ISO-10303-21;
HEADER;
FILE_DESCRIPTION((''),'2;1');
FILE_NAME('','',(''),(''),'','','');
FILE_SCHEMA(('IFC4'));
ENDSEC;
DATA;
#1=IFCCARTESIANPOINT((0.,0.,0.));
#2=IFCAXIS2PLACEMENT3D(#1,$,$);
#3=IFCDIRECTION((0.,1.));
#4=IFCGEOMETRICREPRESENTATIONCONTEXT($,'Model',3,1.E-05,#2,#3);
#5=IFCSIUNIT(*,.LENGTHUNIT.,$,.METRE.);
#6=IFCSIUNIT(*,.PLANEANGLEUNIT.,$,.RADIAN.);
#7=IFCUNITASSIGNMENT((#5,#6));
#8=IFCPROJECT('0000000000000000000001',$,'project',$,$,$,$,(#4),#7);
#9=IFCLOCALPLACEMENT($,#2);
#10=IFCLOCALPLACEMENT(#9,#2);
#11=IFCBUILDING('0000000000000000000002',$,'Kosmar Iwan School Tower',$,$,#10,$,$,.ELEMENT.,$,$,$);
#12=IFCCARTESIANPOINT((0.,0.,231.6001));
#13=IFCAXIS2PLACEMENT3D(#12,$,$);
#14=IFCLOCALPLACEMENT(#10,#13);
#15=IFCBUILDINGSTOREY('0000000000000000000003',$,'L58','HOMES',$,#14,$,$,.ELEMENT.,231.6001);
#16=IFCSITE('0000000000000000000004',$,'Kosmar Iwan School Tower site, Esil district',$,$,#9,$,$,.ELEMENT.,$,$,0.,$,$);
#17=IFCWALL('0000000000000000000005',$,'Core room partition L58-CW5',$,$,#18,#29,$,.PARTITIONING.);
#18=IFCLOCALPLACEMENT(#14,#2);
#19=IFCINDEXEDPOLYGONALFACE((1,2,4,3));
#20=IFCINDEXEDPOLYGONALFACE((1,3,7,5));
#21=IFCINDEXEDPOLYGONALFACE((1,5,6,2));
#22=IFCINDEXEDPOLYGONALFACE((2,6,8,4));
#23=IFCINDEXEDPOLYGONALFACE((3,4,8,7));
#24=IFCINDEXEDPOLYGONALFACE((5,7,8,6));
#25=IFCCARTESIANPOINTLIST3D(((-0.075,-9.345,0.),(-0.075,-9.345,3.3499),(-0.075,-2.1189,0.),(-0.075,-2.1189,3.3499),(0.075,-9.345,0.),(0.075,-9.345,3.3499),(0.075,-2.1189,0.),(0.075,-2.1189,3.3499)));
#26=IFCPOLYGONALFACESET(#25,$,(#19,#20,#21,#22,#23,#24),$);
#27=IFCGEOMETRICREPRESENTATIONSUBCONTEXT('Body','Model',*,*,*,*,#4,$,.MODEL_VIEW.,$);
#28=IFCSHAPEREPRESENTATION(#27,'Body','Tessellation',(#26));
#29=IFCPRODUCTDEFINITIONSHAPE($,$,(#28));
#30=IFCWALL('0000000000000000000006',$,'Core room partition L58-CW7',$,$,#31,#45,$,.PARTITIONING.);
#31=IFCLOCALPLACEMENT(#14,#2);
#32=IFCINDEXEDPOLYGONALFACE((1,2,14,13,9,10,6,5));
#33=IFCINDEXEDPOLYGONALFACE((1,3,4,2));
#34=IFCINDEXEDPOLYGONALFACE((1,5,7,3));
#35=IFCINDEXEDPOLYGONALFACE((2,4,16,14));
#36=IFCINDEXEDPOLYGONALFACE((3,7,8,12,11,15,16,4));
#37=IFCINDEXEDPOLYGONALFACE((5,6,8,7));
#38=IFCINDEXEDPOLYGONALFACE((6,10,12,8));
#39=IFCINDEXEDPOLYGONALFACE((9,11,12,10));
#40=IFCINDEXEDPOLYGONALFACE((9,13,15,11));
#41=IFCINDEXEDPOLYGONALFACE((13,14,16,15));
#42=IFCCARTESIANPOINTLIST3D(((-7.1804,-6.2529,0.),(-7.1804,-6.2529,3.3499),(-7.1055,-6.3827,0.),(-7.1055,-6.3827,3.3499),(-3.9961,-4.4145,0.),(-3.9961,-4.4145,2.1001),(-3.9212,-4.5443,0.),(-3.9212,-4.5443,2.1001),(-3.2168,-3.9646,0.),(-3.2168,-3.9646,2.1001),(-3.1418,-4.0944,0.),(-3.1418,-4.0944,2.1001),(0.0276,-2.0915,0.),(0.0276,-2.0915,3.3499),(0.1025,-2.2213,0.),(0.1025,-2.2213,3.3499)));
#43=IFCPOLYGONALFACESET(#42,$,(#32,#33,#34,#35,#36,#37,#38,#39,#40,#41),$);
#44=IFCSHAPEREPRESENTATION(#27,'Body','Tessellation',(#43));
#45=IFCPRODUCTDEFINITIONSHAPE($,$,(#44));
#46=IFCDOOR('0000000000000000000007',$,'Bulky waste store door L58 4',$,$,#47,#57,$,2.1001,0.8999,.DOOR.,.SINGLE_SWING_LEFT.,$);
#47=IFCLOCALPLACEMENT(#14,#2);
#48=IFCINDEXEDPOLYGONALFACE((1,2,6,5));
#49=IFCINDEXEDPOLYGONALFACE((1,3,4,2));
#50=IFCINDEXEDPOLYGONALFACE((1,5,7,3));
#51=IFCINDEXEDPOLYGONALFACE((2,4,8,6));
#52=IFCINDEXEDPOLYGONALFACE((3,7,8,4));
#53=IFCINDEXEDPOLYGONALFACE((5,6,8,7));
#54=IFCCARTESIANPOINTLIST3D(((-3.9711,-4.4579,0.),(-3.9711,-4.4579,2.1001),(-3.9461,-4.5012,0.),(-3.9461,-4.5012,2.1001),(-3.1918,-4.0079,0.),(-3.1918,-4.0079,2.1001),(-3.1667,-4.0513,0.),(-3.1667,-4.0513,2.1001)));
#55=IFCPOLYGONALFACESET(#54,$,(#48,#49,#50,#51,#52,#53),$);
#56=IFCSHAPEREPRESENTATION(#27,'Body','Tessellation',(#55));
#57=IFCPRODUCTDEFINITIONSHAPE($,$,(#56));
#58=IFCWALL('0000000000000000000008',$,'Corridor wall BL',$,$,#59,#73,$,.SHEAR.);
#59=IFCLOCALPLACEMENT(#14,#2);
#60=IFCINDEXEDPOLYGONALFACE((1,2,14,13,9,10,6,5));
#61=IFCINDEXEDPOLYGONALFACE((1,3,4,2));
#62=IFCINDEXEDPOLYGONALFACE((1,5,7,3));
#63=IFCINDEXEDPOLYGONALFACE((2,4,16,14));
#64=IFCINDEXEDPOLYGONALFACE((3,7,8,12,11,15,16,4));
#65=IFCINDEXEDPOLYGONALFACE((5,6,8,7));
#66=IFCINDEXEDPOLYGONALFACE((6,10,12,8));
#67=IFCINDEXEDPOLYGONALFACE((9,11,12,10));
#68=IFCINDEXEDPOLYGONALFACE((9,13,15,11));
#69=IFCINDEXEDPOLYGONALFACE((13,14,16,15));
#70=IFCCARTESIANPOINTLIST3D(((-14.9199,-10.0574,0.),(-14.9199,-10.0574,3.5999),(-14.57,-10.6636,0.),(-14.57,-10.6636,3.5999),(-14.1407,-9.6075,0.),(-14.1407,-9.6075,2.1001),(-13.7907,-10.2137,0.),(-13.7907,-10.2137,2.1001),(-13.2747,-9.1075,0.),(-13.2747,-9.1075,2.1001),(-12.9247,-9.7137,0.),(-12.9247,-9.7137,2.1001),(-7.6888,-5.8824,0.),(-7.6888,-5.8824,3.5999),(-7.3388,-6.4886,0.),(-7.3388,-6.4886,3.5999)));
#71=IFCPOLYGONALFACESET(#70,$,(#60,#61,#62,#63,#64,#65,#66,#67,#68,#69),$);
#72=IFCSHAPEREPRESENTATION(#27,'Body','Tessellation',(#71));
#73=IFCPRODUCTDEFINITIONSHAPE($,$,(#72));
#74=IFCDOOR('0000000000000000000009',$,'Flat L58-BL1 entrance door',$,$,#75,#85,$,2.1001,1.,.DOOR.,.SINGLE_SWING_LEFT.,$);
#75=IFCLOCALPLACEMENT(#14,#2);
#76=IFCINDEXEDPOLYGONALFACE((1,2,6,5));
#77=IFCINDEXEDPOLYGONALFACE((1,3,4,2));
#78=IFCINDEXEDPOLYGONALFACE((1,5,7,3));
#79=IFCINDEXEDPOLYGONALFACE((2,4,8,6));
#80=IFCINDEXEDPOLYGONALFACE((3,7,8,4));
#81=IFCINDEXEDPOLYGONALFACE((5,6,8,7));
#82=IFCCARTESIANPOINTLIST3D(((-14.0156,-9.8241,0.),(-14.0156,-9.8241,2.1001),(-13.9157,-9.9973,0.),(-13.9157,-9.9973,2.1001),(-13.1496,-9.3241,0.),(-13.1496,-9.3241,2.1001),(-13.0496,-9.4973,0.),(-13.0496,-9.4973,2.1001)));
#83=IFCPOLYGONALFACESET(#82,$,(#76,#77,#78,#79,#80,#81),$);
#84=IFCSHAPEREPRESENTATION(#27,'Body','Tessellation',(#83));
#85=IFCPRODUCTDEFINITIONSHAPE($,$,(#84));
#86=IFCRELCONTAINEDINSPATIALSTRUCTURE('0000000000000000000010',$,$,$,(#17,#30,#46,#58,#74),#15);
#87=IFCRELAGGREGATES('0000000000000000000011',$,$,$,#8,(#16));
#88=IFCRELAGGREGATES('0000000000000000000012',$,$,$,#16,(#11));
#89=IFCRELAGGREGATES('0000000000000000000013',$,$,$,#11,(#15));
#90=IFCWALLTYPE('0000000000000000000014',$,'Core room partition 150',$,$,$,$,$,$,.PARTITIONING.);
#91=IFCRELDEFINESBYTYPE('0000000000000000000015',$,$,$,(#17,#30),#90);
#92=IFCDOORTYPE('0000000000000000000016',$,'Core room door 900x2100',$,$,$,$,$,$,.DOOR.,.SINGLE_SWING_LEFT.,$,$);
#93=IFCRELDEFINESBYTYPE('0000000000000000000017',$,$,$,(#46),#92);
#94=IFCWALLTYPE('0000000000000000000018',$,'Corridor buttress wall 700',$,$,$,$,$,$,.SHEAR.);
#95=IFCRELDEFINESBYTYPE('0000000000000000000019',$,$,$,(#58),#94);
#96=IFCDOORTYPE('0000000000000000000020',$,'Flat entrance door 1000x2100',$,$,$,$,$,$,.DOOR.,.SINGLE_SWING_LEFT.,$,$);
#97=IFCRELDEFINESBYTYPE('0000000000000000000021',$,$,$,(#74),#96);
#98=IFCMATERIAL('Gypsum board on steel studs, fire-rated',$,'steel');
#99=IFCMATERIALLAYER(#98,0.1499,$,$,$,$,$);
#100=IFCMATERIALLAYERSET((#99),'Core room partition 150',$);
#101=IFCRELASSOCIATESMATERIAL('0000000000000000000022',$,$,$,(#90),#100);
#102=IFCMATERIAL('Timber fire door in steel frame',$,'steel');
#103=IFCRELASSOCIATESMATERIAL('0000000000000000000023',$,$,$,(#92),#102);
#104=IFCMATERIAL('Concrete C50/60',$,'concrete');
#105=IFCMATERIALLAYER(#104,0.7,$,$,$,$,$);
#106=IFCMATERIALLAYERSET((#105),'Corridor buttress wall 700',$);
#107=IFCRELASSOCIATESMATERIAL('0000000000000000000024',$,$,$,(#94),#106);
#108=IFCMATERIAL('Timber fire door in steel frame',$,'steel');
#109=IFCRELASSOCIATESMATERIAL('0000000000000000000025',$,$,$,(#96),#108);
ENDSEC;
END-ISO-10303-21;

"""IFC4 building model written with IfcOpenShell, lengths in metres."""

from ifc_helpers import new_model, si_unit, direction, frame, frame_2d, origin, place, context, subcontext, project, spatial, rectangle, extrude, material, layer, layer_set, type_object, element, fill, save


model = new_model("IFC4")

# Units and contexts
model_context = context("Model", 3, precision=1e-05, world=origin(), true_north=direction((0.0, 1.0)))
body_context = subcontext(model_context, "Body", "Model", "MODEL_VIEW")
ifc_project = project(units=[si_unit("LENGTHUNIT", "METRE"), si_unit("PLANEANGLEUNIT", "RADIAN")], contexts=[model_context])

# Site, building, storey
site_placement = place(None, origin())
site = spatial("IfcSite", under=ifc_project, at=site_placement, Name="Kosmar Iwan School Tower site, Esil district", CompositionType="ELEMENT", RefElevation=0.0)
building_placement = place(site_placement, origin())
building = spatial("IfcBuilding", under=site, at=building_placement, Name="Kosmar Iwan School Tower", CompositionType="ELEMENT")
storey_placement = place(building_placement, frame((0.0, 0.0, 231.6001)))
storey = spatial("IfcBuildingStorey", under=building, at=storey_placement, Name="L58", Description="HOMES", CompositionType="ELEMENT", Elevation=231.6001)

# Wall
ifc_material_1 = material(Name="Gypsum board on steel studs, fire-rated", Category="steel")
ifc_layer_1 = layer(ifc_material_1, 0.1499)
ifc_layer_set_1 = layer_set([ifc_layer_1], Name="Core room partition 150")
wall_type_1 = type_object("IfcWallType", Name="Core room partition 150", PredefinedType="PARTITIONING", material=ifc_layer_set_1)
wall_1_placement = place(storey_placement, frame((0.0, -9.345, 0.0), z_axis=(0.0, 0.0, 1.0), x_axis=(0.0, 1.0, 0.0)))
element("IfcWall", 1, at=wall_1_placement, inside=storey, type_object=wall_type_1, Name="Core room partition L58-CW5", PredefinedType="PARTITIONING", context=body_context, shape_type="SweptSolid", body=[
    extrude(rectangle(XDim=7.2261, YDim=0.1499, at=frame_2d((3.613, 0.0))), origin(), (0.0, 0.0, 1.0), 3.3499),
])

# Walls, openings, doors
wall_2_placement = place(storey_placement, frame((-7.1431, -6.3179, 0.0), z_axis=(0.0, 0.0, 1.0), x_axis=(0.866034, 0.499985, 0.0)))
wall_2 = element("IfcWall", 2, at=wall_2_placement, inside=storey, type_object=wall_type_1, Name="Core room partition L58-CW7", PredefinedType="PARTITIONING", context=body_context, shape_type="SweptSolid", body=[
    extrude(rectangle(XDim=8.323, YDim=0.1499, at=frame_2d((4.1616, 0.0))), origin(), (0.0, 0.0, 1.0), 3.3499),
])
opening_1_placement = place(wall_2_placement, frame((3.677, 0.0, 0.0)))
opening_1 = element("IfcOpeningElement", 3, at=opening_1_placement, cuts=wall_2, PredefinedType="OPENING", context=body_context, shape_type="SweptSolid", body=[
    extrude(rectangle(XDim=0.8999, YDim=2.1001, at=frame_2d((0.45, 1.05))), frame((0.0, 0.0869, 0.0), z_axis=(0.0, -1.0, 0.0), x_axis=(1.0, 0.0, 0.0)), (0.0, 0.0, 1.0), 0.1738),
])
ifc_material_2 = material(Name="Timber fire door in steel frame", Category="steel")
door_type_1 = type_object("IfcDoorType", Name="Core room door 900x2100", OperationType="SINGLE_SWING_LEFT", PredefinedType="DOOR", material=ifc_material_2)
door_1_placement = place(opening_1_placement, origin())
door_1 = element("IfcDoor", 4, at=door_1_placement, inside=storey, type_object=door_type_1, Name="Bulky waste store door L58 4", OperationType="SINGLE_SWING_LEFT", OverallHeight=2.1001, OverallWidth=0.8999, PredefinedType="DOOR", context=body_context, shape_type="SweptSolid", body=[
    extrude(rectangle(XDim=0.8999, YDim=2.1001, at=frame_2d((0.45, 1.05))), frame((0.0, 0.0249, 0.0), z_axis=(0.0, -1.0, 0.0), x_axis=(1.0, 0.0, 0.0)), (0.0, 0.0, 1.0), 0.05),
])
fill(opening_1, door_1)
ifc_material_3 = material(Name="Concrete C50/60", Category="concrete")
ifc_layer_2 = layer(ifc_material_3, 0.7)
ifc_layer_set_2 = layer_set([ifc_layer_2], Name="Corridor buttress wall 700")
wall_type_2 = type_object("IfcWallType", Name="Corridor buttress wall 700", PredefinedType="SHEAR", material=ifc_layer_set_2)
wall_3_placement = place(storey_placement, frame((-7.5139, -6.1855, 0.0), z_axis=(0.0, 0.0, 1.0), x_axis=(-0.86602, -0.50001, 0.0)))
wall_3 = element("IfcWall", 5, at=wall_3_placement, inside=storey, type_object=wall_type_2, Name="Corridor wall BL", PredefinedType="SHEAR", context=body_context, shape_type="SweptSolid", body=[
    extrude(rectangle(XDim=8.3499, YDim=0.7, at=frame_2d((4.1748, 0.0))), origin(), (0.0, 0.0, 1.0), 3.5999),
])
opening_2_placement = place(wall_3_placement, frame((6.45, 0.0, 0.0)))
opening_2 = element("IfcOpeningElement", 6, at=opening_2_placement, cuts=wall_3, PredefinedType="OPENING", context=body_context, shape_type="SweptSolid", body=[
    extrude(rectangle(XDim=1.0, YDim=2.1001, at=frame_2d((0.5, 1.05))), frame((0.0, 0.3621, 0.0), z_axis=(0.0, -1.0, 0.0), x_axis=(1.0, 0.0, 0.0)), (0.0, 0.0, 1.0), 0.7239),
])
ifc_material_4 = material(Name="Timber fire door in steel frame", Category="steel")
door_type_2 = type_object("IfcDoorType", Name="Flat entrance door 1000x2100", OperationType="SINGLE_SWING_LEFT", PredefinedType="DOOR", material=ifc_material_4)
door_2_placement = place(opening_2_placement, origin())
door_2 = element("IfcDoor", 7, at=door_2_placement, inside=storey, type_object=door_type_2, Name="Flat L58-BL1 entrance door", OperationType="SINGLE_SWING_LEFT", OverallHeight=2.1001, OverallWidth=1.0, PredefinedType="DOOR", context=body_context, shape_type="SweptSolid", body=[
    extrude(rectangle(XDim=1.0, YDim=2.1001, at=frame_2d((0.5, 1.05))), frame((0.0, 0.1001, 0.0), z_axis=(0.0, -1.0, 0.0), x_axis=(1.0, 0.0, 0.0)), (0.0, 0.0, 1.0), 0.2),
])
fill(opening_2, door_2)

save(model, "model.ifc")
